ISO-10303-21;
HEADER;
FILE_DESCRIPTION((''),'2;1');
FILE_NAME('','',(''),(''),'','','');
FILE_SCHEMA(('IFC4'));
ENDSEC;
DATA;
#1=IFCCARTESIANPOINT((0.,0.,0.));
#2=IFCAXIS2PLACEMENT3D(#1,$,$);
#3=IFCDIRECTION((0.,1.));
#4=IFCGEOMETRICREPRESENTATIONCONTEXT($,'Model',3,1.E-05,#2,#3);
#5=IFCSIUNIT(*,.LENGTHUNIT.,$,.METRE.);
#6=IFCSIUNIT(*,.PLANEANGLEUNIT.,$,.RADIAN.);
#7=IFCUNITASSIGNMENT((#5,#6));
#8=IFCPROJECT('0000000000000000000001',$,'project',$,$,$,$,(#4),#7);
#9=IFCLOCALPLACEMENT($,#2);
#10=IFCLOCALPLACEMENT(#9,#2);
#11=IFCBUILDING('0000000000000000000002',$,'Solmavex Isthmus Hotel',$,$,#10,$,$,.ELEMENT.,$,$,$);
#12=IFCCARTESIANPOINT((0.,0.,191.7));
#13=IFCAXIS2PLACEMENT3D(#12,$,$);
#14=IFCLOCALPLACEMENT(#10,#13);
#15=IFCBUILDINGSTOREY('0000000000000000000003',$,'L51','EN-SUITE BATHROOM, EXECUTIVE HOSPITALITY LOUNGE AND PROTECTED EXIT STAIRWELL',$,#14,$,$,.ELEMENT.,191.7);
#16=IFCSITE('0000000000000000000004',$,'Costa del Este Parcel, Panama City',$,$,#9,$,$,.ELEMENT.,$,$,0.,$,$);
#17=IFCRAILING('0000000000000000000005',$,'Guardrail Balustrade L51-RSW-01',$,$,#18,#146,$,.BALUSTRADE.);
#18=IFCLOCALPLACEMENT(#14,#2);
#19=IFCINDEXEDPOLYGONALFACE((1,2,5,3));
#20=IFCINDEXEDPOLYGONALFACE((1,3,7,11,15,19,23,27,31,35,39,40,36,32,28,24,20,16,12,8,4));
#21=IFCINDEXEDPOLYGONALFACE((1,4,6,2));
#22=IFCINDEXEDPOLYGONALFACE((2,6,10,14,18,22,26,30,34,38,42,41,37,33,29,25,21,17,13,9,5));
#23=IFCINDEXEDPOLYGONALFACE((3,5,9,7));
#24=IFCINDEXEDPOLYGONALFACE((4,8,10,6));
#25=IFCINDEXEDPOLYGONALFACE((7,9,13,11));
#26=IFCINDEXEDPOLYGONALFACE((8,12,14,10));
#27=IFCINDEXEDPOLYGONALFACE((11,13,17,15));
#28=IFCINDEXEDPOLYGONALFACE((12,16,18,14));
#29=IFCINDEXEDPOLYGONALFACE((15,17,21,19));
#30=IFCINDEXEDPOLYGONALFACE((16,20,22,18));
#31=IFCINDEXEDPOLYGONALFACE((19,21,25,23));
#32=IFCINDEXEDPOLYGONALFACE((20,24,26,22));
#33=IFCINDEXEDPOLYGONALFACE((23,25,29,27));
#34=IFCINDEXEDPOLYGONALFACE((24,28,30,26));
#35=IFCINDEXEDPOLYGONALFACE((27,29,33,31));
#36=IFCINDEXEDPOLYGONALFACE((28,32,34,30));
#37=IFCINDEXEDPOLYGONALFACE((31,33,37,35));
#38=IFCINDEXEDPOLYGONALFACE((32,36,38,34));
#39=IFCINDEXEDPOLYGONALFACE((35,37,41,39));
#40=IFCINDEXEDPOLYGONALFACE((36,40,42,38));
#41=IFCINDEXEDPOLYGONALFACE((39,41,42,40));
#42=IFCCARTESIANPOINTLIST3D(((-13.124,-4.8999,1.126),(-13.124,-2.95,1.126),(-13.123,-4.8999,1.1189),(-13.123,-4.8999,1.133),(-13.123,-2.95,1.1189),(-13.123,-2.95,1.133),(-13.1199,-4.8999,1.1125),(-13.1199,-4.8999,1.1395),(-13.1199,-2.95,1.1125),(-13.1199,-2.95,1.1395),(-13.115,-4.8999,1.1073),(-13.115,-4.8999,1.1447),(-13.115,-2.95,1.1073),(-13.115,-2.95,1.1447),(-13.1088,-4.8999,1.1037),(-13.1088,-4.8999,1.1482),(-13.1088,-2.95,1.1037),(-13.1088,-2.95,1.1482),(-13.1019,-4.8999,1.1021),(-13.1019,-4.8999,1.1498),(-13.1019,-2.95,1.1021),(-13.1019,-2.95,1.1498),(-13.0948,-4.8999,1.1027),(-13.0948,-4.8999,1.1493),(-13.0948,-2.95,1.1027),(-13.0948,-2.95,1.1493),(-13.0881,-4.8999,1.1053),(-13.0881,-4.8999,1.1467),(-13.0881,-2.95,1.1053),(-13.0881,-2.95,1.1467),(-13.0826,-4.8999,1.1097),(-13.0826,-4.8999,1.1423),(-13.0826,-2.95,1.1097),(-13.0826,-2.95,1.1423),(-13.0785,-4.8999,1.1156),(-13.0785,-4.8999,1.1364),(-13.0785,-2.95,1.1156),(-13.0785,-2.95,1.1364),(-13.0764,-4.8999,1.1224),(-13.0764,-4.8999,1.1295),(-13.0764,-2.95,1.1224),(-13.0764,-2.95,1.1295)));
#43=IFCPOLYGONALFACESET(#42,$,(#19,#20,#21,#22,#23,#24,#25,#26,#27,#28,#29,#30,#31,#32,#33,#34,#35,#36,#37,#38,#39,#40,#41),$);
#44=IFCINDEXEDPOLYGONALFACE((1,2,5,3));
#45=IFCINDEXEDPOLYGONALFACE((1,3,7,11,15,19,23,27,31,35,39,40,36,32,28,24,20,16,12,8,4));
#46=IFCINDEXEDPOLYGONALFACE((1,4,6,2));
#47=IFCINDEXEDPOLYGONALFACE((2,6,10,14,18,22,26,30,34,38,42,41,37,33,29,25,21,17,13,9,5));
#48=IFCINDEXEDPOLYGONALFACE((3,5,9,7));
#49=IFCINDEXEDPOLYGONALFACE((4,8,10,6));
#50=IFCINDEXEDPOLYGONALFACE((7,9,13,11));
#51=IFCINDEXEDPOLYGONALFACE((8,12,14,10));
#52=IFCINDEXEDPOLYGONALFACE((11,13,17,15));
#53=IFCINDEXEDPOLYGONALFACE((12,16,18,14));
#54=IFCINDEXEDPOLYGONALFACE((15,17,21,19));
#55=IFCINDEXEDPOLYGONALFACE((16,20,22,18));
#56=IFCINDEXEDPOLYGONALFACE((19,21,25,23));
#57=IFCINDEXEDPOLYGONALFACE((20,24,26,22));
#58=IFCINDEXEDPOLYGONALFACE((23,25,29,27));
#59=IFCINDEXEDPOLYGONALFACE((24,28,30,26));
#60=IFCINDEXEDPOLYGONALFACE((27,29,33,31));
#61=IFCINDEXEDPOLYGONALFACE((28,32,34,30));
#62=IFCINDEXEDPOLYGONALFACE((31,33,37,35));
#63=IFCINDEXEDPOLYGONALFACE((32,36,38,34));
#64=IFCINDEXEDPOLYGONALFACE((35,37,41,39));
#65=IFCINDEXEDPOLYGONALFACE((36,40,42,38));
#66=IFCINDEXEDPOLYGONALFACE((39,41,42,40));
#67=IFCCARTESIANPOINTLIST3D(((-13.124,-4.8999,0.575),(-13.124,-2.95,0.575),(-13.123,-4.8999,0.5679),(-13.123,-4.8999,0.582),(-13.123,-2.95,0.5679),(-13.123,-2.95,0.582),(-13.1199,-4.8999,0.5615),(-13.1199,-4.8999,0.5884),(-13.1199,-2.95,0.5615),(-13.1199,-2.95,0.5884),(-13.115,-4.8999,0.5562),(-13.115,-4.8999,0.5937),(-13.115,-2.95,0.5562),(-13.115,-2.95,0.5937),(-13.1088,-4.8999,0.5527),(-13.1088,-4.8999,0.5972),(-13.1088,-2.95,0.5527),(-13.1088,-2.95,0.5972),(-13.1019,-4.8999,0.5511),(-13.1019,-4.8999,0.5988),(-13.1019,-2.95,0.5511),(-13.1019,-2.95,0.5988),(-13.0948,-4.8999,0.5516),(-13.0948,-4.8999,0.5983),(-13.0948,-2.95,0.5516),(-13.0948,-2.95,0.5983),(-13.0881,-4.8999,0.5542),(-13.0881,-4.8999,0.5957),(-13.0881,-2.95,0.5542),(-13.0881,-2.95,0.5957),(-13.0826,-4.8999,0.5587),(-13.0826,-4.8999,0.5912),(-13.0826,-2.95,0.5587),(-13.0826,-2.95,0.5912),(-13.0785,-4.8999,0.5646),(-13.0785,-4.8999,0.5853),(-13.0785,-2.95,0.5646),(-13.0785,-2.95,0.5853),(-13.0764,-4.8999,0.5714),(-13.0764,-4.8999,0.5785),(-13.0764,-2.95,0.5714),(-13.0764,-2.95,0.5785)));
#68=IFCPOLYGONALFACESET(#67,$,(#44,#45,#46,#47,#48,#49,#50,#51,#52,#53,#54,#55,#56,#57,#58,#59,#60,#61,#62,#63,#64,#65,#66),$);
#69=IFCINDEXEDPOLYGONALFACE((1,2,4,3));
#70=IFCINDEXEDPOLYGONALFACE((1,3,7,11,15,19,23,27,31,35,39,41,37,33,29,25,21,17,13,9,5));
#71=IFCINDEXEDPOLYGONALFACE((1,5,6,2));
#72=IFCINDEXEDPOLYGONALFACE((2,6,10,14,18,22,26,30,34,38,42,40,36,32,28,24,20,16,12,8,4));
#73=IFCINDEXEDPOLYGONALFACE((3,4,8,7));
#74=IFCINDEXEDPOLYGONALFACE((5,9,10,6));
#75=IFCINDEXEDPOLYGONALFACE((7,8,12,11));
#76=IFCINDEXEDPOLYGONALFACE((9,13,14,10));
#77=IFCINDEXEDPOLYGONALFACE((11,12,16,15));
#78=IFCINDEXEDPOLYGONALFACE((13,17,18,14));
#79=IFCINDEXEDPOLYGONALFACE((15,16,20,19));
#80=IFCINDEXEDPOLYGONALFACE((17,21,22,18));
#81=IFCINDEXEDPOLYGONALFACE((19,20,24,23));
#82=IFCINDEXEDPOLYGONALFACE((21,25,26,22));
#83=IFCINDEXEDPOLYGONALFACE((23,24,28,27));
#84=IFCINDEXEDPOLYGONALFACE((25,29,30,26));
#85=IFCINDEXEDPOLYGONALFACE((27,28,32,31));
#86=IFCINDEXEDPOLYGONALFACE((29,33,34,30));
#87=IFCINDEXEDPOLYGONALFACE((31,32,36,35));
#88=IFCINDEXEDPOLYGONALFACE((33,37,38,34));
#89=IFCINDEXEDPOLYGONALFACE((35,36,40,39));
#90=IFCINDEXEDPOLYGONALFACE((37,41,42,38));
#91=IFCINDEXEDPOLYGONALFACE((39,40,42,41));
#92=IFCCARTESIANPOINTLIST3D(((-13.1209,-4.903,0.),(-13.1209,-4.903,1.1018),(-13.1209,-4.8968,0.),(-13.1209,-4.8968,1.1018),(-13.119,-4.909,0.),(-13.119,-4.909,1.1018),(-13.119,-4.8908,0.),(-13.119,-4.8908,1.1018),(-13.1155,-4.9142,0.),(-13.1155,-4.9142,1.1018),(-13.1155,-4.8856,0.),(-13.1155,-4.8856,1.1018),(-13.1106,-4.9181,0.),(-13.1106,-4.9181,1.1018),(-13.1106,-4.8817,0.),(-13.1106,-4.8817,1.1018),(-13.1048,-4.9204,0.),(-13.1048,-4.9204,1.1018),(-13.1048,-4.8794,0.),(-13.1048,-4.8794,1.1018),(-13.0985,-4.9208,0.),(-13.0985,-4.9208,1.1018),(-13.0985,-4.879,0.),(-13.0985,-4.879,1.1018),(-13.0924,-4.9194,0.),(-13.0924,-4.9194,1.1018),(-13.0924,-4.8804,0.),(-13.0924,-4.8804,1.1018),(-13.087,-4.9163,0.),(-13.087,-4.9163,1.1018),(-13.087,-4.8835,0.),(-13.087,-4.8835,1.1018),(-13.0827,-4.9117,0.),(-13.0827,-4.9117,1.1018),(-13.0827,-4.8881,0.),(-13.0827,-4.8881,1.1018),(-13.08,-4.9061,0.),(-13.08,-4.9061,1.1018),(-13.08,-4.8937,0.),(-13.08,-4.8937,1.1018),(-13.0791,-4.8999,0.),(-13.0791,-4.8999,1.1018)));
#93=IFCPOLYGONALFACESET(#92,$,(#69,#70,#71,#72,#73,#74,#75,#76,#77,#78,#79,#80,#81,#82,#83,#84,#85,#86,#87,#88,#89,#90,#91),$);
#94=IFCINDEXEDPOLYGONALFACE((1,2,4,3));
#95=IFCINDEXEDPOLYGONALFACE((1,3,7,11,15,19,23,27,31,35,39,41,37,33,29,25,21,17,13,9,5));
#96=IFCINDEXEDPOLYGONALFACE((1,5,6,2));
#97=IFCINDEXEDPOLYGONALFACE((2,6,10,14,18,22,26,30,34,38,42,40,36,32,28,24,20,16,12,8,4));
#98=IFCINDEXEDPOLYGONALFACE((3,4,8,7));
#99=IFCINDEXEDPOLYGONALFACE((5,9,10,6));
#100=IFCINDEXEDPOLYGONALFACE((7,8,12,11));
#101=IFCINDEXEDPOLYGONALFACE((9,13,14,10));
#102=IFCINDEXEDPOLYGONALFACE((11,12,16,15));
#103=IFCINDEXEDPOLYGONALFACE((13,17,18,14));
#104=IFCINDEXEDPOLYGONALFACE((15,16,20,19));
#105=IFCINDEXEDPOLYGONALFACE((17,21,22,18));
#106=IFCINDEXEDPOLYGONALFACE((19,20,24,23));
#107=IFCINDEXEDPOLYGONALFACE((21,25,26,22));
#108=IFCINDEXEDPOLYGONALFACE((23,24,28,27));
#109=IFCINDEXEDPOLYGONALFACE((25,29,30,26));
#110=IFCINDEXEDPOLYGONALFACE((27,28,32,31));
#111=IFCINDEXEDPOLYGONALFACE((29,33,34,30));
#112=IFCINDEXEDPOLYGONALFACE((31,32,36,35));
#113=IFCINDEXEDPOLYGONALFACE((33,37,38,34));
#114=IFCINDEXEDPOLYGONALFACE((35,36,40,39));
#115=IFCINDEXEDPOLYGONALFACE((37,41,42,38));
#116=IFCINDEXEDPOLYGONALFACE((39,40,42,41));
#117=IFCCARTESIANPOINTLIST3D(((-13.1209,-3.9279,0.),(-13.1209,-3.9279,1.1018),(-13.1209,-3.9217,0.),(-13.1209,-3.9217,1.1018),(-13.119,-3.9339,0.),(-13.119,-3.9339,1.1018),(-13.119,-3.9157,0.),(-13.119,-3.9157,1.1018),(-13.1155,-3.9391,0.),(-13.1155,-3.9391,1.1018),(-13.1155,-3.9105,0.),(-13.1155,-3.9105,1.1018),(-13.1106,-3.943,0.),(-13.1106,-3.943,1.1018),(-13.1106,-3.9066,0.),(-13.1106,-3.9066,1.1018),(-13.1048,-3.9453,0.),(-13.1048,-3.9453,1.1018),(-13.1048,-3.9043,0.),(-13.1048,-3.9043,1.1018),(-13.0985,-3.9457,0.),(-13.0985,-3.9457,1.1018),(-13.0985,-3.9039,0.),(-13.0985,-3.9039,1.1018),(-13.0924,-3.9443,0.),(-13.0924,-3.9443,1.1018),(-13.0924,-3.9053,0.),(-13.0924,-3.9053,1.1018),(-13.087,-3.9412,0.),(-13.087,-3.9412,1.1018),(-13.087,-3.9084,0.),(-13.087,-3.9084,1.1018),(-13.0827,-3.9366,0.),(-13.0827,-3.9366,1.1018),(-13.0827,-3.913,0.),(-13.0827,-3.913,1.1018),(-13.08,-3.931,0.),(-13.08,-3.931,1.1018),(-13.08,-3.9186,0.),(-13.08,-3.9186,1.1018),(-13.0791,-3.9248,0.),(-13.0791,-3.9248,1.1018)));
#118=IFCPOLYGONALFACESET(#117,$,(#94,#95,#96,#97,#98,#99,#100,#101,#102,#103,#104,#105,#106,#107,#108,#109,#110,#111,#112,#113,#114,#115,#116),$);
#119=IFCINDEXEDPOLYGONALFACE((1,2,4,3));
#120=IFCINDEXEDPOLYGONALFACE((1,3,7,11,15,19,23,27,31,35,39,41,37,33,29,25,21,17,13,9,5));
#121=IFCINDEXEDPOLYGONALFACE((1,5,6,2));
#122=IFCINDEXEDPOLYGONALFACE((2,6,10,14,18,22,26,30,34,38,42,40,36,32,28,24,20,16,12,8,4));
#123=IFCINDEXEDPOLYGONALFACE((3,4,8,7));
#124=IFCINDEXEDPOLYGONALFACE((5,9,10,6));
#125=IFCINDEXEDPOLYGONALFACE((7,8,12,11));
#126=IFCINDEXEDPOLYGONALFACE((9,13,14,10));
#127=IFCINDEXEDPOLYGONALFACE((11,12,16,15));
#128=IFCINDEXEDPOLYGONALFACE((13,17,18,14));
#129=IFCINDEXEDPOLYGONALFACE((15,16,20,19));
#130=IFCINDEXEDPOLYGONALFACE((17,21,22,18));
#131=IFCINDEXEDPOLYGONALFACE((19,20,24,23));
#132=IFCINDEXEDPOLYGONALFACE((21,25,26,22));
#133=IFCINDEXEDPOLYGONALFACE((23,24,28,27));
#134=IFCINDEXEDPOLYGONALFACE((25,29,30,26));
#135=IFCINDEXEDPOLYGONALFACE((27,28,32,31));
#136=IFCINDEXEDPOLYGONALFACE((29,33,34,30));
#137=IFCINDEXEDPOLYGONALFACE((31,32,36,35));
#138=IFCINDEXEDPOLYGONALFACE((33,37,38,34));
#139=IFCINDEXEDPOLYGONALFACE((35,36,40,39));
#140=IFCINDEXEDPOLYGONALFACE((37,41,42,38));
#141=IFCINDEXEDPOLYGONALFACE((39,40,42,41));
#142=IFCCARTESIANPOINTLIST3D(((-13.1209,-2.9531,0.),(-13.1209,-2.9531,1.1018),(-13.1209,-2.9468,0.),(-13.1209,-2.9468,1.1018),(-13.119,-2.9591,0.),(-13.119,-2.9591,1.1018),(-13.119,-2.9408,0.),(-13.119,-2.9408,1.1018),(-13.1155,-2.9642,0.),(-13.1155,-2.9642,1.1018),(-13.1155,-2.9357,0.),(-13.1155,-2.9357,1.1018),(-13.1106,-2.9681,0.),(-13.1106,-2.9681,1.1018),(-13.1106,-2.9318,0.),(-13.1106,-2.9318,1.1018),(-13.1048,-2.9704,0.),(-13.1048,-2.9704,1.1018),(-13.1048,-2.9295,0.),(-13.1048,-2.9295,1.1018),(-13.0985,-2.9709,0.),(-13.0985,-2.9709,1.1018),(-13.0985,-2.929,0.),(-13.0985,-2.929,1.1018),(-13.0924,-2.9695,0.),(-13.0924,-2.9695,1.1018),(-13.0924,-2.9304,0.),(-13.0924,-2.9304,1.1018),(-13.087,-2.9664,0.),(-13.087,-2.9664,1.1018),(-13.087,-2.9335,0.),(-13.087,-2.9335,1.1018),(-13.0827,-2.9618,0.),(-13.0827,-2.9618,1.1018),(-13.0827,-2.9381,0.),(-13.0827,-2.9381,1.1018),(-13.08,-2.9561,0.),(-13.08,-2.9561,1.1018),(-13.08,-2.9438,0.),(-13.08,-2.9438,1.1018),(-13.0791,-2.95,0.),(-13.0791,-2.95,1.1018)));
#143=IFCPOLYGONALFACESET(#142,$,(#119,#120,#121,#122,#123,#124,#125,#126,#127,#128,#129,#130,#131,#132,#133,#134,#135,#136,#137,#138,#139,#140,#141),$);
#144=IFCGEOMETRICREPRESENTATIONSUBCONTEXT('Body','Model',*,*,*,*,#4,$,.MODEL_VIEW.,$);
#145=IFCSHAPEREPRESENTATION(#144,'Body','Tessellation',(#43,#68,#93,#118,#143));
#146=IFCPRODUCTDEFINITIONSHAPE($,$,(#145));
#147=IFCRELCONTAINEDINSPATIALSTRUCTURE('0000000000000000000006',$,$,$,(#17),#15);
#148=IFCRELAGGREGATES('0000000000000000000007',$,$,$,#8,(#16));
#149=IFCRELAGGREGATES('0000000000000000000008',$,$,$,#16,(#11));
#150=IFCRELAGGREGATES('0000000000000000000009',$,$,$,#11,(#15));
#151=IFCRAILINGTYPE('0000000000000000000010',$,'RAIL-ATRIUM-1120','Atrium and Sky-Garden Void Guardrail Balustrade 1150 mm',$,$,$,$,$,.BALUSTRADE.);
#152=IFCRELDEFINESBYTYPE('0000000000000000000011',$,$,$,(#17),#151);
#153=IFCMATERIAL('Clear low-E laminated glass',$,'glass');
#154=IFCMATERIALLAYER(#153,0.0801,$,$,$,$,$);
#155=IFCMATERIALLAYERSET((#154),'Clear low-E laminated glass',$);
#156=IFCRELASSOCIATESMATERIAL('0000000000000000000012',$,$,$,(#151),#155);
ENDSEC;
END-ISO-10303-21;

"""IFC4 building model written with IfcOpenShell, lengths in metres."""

from ifc_helpers import new_model, si_unit, direction, frame, origin, origin_2d, place, context, subcontext, project, spatial, circle, extrude, material, layer, layer_set, type_object, element, save


model = new_model("IFC4")

# Units and contexts
model_context = context("Model", 3, precision=1e-05, world=origin(), true_north=direction((0.0, 1.0)))
body_context = subcontext(model_context, "Body", "Model", "MODEL_VIEW")
ifc_project = project(units=[si_unit("LENGTHUNIT", "METRE"), si_unit("PLANEANGLEUNIT", "RADIAN")], contexts=[model_context])

# Site, building, storey
site_placement = place(None, origin())
site = spatial("IfcSite", under=ifc_project, at=site_placement, Name="Costa del Este Parcel, Panama City", CompositionType="ELEMENT", RefElevation=0.0)
building_placement = place(site_placement, origin())
building = spatial("IfcBuilding", under=site, at=building_placement, Name="Solmavex Isthmus Hotel", CompositionType="ELEMENT")
storey_placement = place(building_placement, frame((0.0, 0.0, 191.7)))
storey = spatial("IfcBuildingStorey", under=building, at=storey_placement, Name="L51", Description="EN-SUITE BATHROOM, EXECUTIVE HOSPITALITY LOUNGE AND PROTECTED EXIT STAIRWELL", CompositionType="ELEMENT", Elevation=191.7)

# Railing
ifc_material_1 = material(Name="Clear low-E laminated glass", Category="glass")
ifc_layer_1 = layer(ifc_material_1, 0.0801)
ifc_layer_set_1 = layer_set([ifc_layer_1], Name="Clear low-E laminated glass")
railing_type_1 = type_object("IfcRailingType", Name="RAIL-ATRIUM-1120", Description="Atrium and Sky-Garden Void Guardrail Balustrade 1150 mm", PredefinedType="BALUSTRADE", material=ifc_layer_set_1)
railing_1_placement = place(storey_placement, frame((-13.1001, -4.8999, 0.0)))
element("IfcRailing", 1, at=railing_1_placement, inside=storey, type_object=railing_type_1, Name="Guardrail Balustrade L51-RSW-01", PredefinedType="BALUSTRADE", context=body_context, shape_type="SweptSolid", body=[
    extrude(circle(Radius=0.0239, at=origin_2d()), frame((0.0, 0.0, 1.126), z_axis=(0.0, 1.0, 0.0), x_axis=(-1.0, 0.0, 0.0)), (0.0, 0.0, 1.0), 1.95),
    extrude(circle(Radius=0.0239, at=origin_2d()), frame((0.0, 0.0, 0.575), z_axis=(0.0, 1.0, 0.0), x_axis=(-1.0, 0.0, 0.0)), (0.0, 0.0, 1.0), 1.95),
    extrude(circle(Radius=0.021, at=origin_2d()), origin(), (0.0, 0.0, 1.0), 1.1018),
    extrude(circle(Radius=0.021, at=origin_2d()), frame((0.0, 0.9751, 0.0)), (0.0, 0.0, 1.0), 1.1018),
    extrude(circle(Radius=0.021, at=origin_2d()), frame((0.0, 1.95, 0.0)), (0.0, 0.0, 1.0), 1.1018),
])

save(model, "model.ifc")
